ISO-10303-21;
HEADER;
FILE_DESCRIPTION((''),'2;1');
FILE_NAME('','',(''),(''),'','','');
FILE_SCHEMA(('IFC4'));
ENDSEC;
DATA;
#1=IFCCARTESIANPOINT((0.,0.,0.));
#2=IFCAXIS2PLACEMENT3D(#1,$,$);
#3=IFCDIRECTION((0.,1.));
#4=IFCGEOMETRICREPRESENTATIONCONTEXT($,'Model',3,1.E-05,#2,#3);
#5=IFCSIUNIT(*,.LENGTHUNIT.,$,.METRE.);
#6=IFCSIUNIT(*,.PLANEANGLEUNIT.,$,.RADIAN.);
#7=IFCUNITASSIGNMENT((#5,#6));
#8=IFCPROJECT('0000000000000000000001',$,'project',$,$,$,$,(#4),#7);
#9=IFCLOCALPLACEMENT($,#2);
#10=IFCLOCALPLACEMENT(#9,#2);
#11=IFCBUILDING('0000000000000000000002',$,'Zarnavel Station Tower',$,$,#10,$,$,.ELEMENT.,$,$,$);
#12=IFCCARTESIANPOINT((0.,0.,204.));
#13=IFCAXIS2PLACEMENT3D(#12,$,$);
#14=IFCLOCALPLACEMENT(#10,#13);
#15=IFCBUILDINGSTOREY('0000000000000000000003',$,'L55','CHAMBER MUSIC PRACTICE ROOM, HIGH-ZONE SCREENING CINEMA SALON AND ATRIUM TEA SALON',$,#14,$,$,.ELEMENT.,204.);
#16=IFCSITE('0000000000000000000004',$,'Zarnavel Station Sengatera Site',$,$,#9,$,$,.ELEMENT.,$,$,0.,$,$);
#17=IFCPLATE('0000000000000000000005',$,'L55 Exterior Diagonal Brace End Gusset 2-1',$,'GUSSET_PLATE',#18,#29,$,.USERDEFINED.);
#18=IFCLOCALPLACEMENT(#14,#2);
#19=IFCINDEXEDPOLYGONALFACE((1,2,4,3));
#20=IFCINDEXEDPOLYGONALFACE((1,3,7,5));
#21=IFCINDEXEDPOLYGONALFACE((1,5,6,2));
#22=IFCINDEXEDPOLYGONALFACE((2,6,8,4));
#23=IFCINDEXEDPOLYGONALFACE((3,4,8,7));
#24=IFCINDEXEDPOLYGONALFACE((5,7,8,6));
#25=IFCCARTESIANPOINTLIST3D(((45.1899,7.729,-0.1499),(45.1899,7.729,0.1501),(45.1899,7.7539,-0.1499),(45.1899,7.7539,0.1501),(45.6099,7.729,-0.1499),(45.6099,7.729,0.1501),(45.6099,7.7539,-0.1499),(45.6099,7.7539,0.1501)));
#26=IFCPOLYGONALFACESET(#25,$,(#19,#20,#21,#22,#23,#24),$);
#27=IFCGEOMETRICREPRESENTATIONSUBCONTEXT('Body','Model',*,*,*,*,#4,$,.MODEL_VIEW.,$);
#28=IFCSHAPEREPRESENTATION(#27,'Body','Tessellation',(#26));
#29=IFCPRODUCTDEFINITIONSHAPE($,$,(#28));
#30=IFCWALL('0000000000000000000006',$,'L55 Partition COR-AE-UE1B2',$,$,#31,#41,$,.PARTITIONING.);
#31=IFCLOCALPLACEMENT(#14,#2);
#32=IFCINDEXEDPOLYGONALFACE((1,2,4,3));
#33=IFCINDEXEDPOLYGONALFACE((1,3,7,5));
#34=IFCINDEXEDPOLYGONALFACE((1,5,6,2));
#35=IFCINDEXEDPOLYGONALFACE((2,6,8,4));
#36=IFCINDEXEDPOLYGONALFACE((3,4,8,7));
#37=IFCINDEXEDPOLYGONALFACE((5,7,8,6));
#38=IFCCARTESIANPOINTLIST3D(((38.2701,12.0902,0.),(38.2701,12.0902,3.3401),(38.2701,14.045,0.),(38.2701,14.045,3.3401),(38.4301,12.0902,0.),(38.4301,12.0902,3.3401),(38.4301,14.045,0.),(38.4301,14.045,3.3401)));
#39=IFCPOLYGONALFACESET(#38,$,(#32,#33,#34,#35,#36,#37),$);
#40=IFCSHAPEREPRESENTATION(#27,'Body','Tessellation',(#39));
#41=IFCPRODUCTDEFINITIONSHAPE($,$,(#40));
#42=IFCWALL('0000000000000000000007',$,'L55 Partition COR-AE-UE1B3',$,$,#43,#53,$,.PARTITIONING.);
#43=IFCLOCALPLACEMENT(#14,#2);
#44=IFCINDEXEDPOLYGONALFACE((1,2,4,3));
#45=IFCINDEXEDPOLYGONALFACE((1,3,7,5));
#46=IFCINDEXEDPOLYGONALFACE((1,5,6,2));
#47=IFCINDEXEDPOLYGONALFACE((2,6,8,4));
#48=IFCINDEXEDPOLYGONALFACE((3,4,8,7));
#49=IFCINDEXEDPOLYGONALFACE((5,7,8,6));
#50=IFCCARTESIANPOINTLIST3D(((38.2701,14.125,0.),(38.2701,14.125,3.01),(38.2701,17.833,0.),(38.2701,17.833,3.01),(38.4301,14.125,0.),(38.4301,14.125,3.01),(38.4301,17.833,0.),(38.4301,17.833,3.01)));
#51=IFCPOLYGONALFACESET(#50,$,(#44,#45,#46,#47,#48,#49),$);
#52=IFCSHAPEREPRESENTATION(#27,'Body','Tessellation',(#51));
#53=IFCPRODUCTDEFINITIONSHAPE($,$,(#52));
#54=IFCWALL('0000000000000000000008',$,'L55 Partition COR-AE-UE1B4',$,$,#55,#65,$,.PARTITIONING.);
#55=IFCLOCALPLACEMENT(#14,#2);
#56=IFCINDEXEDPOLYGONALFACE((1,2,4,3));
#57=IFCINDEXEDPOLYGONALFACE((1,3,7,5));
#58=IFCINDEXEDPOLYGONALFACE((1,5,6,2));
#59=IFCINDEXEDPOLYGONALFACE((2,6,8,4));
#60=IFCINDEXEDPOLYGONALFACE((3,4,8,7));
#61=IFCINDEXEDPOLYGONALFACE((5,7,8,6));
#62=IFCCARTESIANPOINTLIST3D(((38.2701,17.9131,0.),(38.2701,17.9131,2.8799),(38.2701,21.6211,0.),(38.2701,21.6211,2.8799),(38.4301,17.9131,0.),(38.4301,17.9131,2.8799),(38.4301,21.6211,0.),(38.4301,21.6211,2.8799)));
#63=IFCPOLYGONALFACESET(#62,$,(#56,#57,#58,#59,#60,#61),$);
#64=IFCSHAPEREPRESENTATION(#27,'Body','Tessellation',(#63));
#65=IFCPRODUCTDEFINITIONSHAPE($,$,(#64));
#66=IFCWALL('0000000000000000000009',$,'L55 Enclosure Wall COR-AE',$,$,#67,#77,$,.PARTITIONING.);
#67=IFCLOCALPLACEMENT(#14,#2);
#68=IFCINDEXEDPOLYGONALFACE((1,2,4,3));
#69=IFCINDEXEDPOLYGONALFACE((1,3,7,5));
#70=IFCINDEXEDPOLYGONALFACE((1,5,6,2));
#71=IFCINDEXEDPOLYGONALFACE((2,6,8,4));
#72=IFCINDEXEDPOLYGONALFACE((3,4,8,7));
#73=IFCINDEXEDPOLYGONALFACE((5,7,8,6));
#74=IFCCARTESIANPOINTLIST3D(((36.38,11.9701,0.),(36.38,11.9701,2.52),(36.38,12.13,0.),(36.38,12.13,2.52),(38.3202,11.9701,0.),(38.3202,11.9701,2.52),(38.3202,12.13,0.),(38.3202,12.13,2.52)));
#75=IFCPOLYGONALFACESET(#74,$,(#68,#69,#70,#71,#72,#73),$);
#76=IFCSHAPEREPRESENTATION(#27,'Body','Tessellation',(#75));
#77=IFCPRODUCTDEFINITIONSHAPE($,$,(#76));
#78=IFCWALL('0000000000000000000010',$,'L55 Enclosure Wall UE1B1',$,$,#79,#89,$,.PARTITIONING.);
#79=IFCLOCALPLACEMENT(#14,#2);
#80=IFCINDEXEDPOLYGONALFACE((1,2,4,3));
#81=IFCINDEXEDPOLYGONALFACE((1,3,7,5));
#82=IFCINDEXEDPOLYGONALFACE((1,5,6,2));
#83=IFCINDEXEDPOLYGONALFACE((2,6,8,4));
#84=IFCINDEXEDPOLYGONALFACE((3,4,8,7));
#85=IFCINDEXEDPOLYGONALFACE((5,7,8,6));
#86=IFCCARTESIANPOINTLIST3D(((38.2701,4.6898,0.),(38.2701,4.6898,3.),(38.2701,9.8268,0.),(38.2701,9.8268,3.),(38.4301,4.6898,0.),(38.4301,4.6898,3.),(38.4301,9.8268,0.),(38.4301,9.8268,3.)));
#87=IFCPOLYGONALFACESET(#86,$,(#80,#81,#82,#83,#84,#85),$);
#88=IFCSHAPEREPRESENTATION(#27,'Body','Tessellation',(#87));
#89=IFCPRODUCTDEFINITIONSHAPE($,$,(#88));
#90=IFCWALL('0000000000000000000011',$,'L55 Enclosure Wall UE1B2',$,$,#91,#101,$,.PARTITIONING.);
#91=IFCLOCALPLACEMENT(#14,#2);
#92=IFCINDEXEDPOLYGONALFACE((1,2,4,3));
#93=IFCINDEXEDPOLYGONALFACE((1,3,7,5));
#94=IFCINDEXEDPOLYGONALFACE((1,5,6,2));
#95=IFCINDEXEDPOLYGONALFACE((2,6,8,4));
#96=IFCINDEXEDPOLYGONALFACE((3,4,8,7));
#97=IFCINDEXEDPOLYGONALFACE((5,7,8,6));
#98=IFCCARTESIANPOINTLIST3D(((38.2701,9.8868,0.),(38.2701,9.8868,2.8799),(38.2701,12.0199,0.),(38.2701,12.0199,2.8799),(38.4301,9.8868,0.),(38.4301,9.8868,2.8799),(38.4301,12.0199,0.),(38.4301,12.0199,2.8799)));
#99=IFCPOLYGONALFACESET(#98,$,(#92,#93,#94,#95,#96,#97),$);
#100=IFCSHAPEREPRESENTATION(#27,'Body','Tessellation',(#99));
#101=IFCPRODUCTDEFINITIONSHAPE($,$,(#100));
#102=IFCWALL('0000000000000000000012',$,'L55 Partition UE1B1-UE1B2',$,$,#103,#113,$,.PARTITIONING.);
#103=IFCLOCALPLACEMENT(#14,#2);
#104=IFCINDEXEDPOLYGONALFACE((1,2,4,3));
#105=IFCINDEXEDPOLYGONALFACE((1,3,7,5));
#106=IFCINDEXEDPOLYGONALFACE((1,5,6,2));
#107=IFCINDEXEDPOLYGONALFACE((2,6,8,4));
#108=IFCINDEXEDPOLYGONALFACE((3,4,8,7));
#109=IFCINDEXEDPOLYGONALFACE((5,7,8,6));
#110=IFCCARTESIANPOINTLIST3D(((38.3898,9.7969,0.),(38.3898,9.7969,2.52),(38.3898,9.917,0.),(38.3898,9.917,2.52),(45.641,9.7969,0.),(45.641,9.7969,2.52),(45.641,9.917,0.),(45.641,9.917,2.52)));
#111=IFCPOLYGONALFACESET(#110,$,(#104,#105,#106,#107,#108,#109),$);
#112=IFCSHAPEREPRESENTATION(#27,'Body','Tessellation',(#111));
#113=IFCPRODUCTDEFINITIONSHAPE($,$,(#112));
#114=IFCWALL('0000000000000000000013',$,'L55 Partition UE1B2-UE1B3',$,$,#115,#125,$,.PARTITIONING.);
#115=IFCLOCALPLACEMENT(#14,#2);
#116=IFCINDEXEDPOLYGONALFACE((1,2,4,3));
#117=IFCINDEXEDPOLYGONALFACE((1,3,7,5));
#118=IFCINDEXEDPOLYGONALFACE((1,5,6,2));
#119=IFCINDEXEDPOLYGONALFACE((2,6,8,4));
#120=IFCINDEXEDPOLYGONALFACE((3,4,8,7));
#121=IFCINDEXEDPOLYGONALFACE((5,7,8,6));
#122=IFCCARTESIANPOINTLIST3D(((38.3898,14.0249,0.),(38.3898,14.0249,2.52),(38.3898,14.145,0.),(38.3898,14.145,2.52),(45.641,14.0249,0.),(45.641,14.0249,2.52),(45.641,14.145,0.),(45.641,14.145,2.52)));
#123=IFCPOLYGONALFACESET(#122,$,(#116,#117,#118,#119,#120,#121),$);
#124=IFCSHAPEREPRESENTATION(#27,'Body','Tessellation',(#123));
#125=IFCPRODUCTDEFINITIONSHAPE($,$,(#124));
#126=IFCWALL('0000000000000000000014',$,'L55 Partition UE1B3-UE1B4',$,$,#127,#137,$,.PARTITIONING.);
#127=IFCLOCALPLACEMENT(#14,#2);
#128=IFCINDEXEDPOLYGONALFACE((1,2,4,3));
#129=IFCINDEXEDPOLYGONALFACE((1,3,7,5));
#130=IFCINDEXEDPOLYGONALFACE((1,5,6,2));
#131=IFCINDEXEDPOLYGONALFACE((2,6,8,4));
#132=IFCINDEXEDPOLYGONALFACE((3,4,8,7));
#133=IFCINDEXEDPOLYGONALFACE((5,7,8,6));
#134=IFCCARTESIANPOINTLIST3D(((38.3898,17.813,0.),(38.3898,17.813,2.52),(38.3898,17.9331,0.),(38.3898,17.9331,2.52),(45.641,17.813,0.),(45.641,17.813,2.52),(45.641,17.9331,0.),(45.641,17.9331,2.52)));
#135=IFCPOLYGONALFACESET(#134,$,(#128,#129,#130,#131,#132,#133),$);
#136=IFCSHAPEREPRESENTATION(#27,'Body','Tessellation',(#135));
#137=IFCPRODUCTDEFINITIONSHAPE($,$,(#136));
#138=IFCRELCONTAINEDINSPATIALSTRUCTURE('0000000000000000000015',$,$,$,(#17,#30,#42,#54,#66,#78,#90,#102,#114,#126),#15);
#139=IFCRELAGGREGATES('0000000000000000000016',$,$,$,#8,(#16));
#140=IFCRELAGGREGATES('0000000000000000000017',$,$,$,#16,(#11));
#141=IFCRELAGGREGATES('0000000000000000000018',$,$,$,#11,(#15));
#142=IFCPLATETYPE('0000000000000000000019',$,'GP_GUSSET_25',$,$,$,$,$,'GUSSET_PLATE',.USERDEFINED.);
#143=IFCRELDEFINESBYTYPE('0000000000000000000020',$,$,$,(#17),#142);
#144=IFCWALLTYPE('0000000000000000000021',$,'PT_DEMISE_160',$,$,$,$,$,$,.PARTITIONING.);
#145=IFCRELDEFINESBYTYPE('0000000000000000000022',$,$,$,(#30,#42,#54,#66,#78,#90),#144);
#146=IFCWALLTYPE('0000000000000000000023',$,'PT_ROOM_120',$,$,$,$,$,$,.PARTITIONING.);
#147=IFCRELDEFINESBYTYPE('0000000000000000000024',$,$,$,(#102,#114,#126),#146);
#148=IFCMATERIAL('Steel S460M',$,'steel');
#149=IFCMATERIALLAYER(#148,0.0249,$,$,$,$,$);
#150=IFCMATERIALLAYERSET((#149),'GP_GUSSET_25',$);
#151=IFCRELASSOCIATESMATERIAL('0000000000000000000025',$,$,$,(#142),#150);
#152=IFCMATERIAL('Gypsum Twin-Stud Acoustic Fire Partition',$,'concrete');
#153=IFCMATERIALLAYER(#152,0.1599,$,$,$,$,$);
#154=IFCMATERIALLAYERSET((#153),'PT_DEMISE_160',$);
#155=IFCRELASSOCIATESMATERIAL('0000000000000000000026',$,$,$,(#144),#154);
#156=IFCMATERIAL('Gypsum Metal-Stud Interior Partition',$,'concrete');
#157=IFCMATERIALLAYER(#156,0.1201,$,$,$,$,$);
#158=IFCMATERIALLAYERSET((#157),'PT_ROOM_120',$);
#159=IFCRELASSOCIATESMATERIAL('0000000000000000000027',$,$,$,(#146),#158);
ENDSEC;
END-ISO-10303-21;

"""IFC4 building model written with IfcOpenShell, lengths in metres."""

from ifc_helpers import new_model, si_unit, direction, frame, frame_2d, origin, origin_2d, place, context, subcontext, project, spatial, rectangle, extrude, material, layer, layer_set, type_object, element, save


model = new_model("IFC4")

# Units and contexts
model_context = context("Model", 3, precision=1e-05, world=origin(), true_north=direction((0.0, 1.0)))
body_context = subcontext(model_context, "Body", "Model", "MODEL_VIEW")
ifc_project = project(units=[si_unit("LENGTHUNIT", "METRE"), si_unit("PLANEANGLEUNIT", "RADIAN")], contexts=[model_context])

# Site, building, storey
site_placement = place(None, origin())
site = spatial("IfcSite", under=ifc_project, at=site_placement, Name="Zarnavel Station Sengatera Site", CompositionType="ELEMENT", RefElevation=0.0)
building_placement = place(site_placement, origin())
building = spatial("IfcBuilding", under=site, at=building_placement, Name="Zarnavel Station Tower", CompositionType="ELEMENT")
storey_placement = place(building_placement, frame((0.0, 0.0, 204.0)))
storey = spatial("IfcBuildingStorey", under=building, at=storey_placement, Name="L55", Description="CHAMBER MUSIC PRACTICE ROOM, HIGH-ZONE SCREENING CINEMA SALON AND ATRIUM TEA SALON", CompositionType="ELEMENT", Elevation=204.0)

# Plate
ifc_material_1 = material(Name="Steel S460M", Category="steel")
ifc_layer_1 = layer(ifc_material_1, 0.0249)
ifc_layer_set_1 = layer_set([ifc_layer_1], Name="GP_GUSSET_25")
plate_type = type_object("IfcPlateType", Name="GP_GUSSET_25", ElementType="GUSSET_PLATE", PredefinedType="USERDEFINED", material=ifc_layer_set_1)
plate_placement = place(storey_placement, frame((45.3999, 7.7415, -0.1499), z_axis=(0.0, 0.0, 1.0), x_axis=(1.0, 0.0, 0.0)))
element("IfcPlate", 1, at=plate_placement, inside=storey, type_object=plate_type, Name="L55 Exterior Diagonal Brace End Gusset 2-1", ObjectType="GUSSET_PLATE", PredefinedType="USERDEFINED", context=body_context, shape_type="SweptSolid", body=[
    extrude(rectangle(XDim=0.4199, YDim=0.0249, at=origin_2d()), origin(), (0.0, 0.0, 1.0), 0.3),
])

# Walls
ifc_material_2 = material(Name="Gypsum Twin-Stud Acoustic Fire Partition", Category="concrete")
ifc_layer_2 = layer(ifc_material_2, 0.1599)
ifc_layer_set_2 = layer_set([ifc_layer_2], Name="PT_DEMISE_160")
wall_type_1 = type_object("IfcWallType", Name="PT_DEMISE_160", PredefinedType="PARTITIONING", material=ifc_layer_set_2)
wall_1_placement = place(storey_placement, frame((38.3501, 12.0901, 0.0), z_axis=(0.0, 0.0, 1.0), x_axis=(0.0, 1.0, 0.0)))
element("IfcWall", 2, at=wall_1_placement, inside=storey, type_object=wall_type_1, Name="L55 Partition COR-AE-UE1B2", PredefinedType="PARTITIONING", context=body_context, shape_type="SweptSolid", body=[
    extrude(rectangle(XDim=1.9548, YDim=0.1599, at=frame_2d((0.9775, 0.0))), origin(), (0.0, 0.0, 1.0), 3.3401),
])
wall_2_placement = place(storey_placement, frame((38.3501, 14.125, 0.0), z_axis=(0.0, 0.0, 1.0), x_axis=(0.0, 1.0, 0.0)))
element("IfcWall", 3, at=wall_2_placement, inside=storey, type_object=wall_type_1, Name="L55 Partition COR-AE-UE1B3", PredefinedType="PARTITIONING", context=body_context, shape_type="SweptSolid", body=[
    extrude(rectangle(XDim=3.708, YDim=0.1599, at=frame_2d((1.854, 0.0))), origin(), (0.0, 0.0, 1.0), 3.01),
])
wall_3_placement = place(storey_placement, frame((38.3501, 17.9131, 0.0), z_axis=(0.0, 0.0, 1.0), x_axis=(0.0, 1.0, 0.0)))
element("IfcWall", 4, at=wall_3_placement, inside=storey, type_object=wall_type_1, Name="L55 Partition COR-AE-UE1B4", PredefinedType="PARTITIONING", context=body_context, shape_type="SweptSolid", body=[
    extrude(rectangle(XDim=3.708, YDim=0.1599, at=frame_2d((1.854, 0.0))), origin(), (0.0, 0.0, 1.0), 2.8799),
])
wall_4_placement = place(storey_placement, frame((36.3799, 12.05, 0.0), z_axis=(0.0, 0.0, 1.0), x_axis=(1.0, 0.0, 0.0)))
element("IfcWall", 5, at=wall_4_placement, inside=storey, type_object=wall_type_1, Name="L55 Enclosure Wall COR-AE", PredefinedType="PARTITIONING", context=body_context, shape_type="SweptSolid", body=[
    extrude(rectangle(XDim=1.9402, YDim=0.1599, at=frame_2d((0.9702, 0.0))), origin(), (0.0, 0.0, 1.0), 2.52),
])
wall_5_placement = place(storey_placement, frame((38.3501, 4.6899, 0.0), z_axis=(0.0, 0.0, 1.0), x_axis=(0.0, 1.0, 0.0)))
element("IfcWall", 6, at=wall_5_placement, inside=storey, type_object=wall_type_1, Name="L55 Enclosure Wall UE1B1", PredefinedType="PARTITIONING", context=body_context, shape_type="SweptSolid", body=[
    extrude(rectangle(XDim=5.137, YDim=0.1599, at=frame_2d((2.5684, 0.0))), origin(), (0.0, 0.0, 1.0), 3.0),
])
wall_6_placement = place(storey_placement, frame((38.3501, 9.887, 0.0), z_axis=(0.0, 0.0, 1.0), x_axis=(0.0, 1.0, 0.0)))
element("IfcWall", 7, at=wall_6_placement, inside=storey, type_object=wall_type_1, Name="L55 Enclosure Wall UE1B2", PredefinedType="PARTITIONING", context=body_context, shape_type="SweptSolid", body=[
    extrude(rectangle(XDim=2.1331, YDim=0.1599, at=frame_2d((1.0664, 0.0))), origin(), (0.0, 0.0, 1.0), 2.8799),
])
ifc_material_3 = material(Name="Gypsum Metal-Stud Interior Partition", Category="concrete")
ifc_layer_3 = layer(ifc_material_3, 0.1201)
ifc_layer_set_3 = layer_set([ifc_layer_3], Name="PT_ROOM_120")
wall_type_2 = type_object("IfcWallType", Name="PT_ROOM_120", PredefinedType="PARTITIONING", material=ifc_layer_set_3)
for number, where, z_axis, x_axis, name in (
    (8, (38.3899, 9.8569, 0.0), (0.0, 0.0, 1.0), (1.0, 0.0, 0.0), "L55 Partition UE1B1-UE1B2"),
    (9, (38.3899, 14.085, 0.0), (0.0, 0.0, 1.0), (1.0, 0.0, 0.0), "L55 Partition UE1B2-UE1B3"),
    (10, (38.3899, 17.873, 0.0), (0.0, 0.0, 1.0), (1.0, 0.0, 0.0), "L55 Partition UE1B3-UE1B4"),
):
    element("IfcWall", number, at=place(storey_placement, frame(where, z_axis=z_axis, x_axis=x_axis)), inside=storey, type_object=wall_type_2, Name=name, PredefinedType="PARTITIONING", context=body_context, shape_type="SweptSolid", body=[
        extrude(rectangle(XDim=7.2512, YDim=0.1201, at=frame_2d((3.6255, 0.0))), origin(), (0.0, 0.0, 1.0), 2.52),
    ])

save(model, "model.ifc")
